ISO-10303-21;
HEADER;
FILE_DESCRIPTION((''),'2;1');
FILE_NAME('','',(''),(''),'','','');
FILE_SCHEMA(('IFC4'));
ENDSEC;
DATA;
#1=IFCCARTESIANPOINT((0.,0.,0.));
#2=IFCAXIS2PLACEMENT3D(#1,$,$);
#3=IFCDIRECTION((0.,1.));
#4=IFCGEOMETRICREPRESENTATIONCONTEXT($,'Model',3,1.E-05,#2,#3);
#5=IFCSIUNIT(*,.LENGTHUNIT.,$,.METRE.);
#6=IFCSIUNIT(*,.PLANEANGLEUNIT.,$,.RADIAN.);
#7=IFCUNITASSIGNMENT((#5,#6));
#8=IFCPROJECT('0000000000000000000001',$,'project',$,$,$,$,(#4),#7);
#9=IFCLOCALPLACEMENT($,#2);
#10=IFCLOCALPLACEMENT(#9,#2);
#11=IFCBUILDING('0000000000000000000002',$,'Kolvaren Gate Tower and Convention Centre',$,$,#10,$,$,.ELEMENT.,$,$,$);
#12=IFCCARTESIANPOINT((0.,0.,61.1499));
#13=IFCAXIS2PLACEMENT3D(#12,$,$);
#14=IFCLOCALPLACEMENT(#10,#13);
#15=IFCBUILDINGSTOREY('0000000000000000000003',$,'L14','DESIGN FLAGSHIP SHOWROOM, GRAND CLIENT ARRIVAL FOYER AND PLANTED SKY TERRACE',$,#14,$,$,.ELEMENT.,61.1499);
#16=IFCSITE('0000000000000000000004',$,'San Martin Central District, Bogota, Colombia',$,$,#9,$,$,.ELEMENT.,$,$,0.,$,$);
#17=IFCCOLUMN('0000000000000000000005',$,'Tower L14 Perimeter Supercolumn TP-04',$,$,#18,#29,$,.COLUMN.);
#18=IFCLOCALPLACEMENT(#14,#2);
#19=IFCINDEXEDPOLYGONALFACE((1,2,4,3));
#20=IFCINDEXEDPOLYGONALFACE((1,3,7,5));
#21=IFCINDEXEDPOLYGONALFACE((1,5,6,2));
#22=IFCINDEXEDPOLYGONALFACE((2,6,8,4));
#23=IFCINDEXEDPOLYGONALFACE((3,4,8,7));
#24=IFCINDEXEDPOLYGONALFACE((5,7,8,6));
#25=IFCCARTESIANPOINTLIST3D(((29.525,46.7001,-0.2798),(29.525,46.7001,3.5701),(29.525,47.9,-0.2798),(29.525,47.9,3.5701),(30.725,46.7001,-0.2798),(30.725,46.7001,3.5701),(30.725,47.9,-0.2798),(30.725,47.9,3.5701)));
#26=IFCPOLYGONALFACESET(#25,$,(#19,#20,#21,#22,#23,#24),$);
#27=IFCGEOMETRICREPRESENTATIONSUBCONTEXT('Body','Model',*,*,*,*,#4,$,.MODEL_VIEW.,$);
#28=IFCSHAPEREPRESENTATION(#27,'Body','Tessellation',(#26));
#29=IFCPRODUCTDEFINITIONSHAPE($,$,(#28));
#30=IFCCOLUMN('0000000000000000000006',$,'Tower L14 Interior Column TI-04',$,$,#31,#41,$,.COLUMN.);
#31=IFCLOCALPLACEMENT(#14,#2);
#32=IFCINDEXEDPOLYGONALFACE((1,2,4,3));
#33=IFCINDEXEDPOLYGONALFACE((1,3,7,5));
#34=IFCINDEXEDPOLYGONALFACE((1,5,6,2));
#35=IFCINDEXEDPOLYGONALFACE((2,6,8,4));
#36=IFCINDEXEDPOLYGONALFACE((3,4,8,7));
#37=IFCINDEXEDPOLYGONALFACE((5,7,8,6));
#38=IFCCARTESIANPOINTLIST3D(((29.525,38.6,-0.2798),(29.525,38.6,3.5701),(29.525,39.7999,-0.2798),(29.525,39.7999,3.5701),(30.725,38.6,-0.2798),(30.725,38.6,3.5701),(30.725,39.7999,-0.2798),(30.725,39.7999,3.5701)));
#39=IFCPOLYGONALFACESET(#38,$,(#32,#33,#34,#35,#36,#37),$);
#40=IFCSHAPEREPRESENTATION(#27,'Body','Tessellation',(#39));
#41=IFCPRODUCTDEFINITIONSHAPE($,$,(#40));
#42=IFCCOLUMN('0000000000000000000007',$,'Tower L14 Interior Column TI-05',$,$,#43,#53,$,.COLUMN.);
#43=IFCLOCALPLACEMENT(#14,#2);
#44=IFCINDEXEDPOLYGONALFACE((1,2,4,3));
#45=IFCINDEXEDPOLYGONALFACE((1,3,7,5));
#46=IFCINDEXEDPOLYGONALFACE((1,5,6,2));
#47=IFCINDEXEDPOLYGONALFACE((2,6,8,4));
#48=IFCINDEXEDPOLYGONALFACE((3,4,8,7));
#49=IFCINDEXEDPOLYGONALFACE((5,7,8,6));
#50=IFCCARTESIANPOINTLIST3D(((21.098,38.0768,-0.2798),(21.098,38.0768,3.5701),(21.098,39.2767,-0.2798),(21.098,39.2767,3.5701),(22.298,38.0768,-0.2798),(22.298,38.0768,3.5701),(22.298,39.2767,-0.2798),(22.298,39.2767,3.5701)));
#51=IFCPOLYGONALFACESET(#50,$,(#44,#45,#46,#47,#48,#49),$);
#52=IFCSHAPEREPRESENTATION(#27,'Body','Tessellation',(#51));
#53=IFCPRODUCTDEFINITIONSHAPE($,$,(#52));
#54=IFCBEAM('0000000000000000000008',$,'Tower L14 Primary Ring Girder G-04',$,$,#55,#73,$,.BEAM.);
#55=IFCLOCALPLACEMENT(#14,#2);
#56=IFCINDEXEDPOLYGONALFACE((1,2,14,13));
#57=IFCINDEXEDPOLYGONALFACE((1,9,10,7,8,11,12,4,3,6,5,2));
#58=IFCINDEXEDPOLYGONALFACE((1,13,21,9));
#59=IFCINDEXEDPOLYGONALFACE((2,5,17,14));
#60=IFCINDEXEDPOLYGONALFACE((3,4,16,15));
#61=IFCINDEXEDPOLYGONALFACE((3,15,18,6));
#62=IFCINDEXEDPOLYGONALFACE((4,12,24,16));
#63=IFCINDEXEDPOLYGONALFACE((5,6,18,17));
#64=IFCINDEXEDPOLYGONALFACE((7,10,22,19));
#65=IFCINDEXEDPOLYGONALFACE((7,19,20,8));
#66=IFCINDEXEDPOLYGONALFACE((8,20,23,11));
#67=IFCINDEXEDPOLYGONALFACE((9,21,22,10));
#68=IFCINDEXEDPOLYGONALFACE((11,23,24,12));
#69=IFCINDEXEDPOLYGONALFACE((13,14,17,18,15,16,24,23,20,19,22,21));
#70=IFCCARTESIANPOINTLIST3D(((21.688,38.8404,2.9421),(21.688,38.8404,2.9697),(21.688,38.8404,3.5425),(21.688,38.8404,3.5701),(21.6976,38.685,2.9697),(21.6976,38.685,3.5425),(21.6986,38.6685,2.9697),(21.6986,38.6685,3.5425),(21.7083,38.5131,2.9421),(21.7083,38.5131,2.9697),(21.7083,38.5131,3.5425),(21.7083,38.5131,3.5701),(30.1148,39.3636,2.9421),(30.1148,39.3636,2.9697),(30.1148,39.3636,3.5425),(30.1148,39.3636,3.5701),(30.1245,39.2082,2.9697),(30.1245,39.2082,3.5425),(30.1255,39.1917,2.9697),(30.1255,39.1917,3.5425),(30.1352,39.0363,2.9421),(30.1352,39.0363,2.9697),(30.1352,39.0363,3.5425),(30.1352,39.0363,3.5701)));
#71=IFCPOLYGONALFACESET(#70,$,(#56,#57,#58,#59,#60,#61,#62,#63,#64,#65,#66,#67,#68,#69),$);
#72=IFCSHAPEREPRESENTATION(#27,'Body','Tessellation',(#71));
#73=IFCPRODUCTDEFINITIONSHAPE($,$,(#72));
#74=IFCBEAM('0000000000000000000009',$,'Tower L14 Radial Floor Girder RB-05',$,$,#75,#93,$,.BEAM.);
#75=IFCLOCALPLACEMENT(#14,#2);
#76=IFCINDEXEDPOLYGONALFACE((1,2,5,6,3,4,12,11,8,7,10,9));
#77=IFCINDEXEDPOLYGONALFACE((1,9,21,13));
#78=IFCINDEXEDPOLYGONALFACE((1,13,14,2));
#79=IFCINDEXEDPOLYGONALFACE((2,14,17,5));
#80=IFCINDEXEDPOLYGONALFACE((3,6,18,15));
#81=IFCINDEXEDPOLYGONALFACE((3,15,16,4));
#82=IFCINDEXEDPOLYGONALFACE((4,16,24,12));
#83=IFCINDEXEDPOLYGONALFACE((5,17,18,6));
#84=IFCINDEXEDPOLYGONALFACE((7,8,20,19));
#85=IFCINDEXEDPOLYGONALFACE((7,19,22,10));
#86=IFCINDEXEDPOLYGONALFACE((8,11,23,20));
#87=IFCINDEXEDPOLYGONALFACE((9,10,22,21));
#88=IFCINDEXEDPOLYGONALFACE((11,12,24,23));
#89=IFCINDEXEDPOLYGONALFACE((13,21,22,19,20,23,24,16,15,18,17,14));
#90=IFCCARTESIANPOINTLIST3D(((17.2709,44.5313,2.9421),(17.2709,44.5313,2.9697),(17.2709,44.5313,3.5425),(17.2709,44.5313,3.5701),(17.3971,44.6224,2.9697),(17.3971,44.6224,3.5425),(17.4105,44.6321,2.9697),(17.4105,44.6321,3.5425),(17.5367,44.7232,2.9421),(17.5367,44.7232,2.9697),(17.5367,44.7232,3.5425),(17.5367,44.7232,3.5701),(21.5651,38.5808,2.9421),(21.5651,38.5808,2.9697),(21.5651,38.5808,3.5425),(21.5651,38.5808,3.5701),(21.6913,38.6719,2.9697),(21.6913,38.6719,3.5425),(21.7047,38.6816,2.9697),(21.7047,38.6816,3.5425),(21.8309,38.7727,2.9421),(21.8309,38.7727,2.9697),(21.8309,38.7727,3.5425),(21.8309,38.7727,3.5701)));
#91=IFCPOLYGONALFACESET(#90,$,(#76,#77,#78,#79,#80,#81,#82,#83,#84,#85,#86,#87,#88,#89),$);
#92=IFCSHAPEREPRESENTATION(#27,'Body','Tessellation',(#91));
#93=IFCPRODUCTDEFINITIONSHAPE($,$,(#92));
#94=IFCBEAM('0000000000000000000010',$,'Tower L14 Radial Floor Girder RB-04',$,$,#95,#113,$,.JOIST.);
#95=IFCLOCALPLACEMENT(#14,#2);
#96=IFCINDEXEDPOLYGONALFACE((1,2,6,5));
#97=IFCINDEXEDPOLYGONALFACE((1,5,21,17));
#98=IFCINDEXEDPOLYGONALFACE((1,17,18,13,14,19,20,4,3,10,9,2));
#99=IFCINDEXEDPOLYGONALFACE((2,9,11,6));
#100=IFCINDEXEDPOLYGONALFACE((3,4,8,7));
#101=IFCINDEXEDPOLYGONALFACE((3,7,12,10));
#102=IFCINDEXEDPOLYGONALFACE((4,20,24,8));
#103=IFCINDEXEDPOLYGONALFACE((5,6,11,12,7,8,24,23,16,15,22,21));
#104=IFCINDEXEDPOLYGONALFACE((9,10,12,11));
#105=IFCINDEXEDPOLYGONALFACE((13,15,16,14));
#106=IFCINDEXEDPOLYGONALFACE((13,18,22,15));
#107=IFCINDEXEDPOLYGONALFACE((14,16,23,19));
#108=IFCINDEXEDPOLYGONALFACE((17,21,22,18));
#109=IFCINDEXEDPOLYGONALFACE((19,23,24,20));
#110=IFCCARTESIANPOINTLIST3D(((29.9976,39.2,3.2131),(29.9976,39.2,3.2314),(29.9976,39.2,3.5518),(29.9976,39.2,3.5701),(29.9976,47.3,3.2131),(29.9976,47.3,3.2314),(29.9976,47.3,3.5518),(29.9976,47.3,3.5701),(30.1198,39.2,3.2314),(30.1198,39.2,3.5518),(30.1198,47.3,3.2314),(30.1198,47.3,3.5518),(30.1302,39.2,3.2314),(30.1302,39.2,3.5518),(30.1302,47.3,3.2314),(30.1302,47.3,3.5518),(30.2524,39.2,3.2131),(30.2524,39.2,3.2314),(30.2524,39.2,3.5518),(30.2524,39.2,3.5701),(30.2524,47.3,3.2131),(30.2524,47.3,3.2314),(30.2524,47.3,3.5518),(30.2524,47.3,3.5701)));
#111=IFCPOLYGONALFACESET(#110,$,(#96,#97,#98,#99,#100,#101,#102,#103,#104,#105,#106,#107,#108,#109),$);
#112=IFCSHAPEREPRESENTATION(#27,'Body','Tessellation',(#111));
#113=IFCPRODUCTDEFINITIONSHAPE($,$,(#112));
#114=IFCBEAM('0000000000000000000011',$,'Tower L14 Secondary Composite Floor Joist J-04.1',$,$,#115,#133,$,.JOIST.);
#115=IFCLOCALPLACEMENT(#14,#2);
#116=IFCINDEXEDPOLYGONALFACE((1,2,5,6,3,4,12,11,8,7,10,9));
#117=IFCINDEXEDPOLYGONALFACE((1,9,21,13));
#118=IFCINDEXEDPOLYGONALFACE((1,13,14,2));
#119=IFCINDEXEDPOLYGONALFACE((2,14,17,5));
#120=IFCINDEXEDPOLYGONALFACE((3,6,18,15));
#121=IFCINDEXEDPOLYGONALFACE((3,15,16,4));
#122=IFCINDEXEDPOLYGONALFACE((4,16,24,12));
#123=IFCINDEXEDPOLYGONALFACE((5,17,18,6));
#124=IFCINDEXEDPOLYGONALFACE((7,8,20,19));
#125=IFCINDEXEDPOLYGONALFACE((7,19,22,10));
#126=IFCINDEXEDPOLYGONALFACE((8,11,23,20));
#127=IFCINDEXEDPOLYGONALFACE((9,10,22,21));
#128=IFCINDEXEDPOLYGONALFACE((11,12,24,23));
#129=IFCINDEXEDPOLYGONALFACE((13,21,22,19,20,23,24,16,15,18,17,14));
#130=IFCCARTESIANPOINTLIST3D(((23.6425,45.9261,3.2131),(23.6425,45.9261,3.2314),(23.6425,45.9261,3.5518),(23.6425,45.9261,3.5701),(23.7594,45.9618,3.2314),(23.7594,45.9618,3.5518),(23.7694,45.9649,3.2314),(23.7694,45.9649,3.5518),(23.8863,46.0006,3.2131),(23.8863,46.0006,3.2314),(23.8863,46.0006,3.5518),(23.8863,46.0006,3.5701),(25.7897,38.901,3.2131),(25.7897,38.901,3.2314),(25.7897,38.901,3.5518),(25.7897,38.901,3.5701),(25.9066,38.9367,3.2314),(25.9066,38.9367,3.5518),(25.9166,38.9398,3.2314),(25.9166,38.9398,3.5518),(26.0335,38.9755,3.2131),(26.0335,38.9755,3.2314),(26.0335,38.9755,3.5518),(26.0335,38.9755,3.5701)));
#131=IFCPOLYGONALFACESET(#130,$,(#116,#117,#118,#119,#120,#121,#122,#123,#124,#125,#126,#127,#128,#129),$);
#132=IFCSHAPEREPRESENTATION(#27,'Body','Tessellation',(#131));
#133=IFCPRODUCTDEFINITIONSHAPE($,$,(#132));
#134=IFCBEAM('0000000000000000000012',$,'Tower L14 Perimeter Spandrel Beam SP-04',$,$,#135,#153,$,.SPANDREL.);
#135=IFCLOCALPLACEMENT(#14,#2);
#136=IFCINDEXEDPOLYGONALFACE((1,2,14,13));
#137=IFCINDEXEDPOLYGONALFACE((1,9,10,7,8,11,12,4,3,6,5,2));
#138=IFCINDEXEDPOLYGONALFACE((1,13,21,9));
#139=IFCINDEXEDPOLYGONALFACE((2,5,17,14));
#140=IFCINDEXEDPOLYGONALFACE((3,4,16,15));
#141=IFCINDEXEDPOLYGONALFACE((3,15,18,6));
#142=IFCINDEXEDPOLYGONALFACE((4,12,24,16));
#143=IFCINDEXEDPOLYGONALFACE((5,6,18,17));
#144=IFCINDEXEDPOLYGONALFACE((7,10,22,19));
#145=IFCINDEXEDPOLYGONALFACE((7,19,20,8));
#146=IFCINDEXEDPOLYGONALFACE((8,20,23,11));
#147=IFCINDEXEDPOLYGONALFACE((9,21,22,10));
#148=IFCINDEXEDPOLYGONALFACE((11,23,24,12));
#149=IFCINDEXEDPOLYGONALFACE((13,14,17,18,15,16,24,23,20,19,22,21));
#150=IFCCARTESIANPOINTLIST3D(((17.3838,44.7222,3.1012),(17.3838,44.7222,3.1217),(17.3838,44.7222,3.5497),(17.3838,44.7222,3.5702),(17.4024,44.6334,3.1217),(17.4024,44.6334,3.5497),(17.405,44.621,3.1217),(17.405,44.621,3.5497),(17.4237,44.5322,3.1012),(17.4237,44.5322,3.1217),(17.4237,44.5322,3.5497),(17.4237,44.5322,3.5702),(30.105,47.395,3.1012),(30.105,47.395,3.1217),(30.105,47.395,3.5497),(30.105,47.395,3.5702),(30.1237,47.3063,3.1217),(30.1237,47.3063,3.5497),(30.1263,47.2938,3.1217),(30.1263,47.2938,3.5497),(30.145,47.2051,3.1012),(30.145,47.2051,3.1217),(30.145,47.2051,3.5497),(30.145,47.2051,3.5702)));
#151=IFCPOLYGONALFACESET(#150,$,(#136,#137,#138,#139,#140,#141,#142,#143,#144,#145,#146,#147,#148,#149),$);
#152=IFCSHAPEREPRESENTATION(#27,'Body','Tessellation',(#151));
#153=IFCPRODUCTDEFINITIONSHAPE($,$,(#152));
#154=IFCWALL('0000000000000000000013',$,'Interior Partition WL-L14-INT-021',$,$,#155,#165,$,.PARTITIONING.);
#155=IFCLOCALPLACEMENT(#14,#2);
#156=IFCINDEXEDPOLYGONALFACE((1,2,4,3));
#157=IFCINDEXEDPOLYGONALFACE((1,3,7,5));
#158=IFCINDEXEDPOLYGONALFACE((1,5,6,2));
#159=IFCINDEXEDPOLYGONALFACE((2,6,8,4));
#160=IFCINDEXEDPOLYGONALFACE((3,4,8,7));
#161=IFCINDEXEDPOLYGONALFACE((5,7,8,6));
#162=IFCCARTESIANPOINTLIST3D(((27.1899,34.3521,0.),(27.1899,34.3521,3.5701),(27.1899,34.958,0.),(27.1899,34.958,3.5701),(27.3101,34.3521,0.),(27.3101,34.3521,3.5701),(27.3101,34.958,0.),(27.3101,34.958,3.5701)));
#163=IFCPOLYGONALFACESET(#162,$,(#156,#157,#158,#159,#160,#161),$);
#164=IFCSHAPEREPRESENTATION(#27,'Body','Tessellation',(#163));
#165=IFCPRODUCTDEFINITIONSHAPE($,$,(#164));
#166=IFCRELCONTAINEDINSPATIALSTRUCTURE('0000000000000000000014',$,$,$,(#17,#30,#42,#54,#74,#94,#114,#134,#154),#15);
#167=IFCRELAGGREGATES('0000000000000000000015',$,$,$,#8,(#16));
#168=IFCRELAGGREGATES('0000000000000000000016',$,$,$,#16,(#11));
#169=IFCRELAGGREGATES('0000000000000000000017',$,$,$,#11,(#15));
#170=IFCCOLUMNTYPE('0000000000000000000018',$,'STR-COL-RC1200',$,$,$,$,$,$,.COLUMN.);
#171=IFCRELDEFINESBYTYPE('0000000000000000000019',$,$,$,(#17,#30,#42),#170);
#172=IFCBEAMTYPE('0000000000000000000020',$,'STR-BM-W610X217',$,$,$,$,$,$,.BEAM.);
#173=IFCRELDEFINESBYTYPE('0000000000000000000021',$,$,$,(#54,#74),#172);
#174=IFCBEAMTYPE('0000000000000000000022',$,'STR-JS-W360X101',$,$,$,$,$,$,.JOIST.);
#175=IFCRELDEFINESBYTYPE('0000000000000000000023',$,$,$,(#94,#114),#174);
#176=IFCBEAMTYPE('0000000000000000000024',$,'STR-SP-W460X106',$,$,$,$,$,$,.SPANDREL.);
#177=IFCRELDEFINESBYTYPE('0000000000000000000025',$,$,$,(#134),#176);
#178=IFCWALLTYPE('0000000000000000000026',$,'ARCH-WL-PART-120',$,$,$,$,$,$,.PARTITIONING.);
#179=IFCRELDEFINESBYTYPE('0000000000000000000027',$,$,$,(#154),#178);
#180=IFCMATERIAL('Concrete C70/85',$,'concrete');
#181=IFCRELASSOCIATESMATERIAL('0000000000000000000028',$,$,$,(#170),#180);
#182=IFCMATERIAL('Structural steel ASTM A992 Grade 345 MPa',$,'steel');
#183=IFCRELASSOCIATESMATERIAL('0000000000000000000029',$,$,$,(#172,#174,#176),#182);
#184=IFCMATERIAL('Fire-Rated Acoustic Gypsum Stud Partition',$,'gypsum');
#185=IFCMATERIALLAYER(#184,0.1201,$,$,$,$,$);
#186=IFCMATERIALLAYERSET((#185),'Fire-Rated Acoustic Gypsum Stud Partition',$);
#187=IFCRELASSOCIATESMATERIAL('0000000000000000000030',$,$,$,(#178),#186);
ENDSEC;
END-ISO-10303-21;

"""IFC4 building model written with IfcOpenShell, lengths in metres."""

from ifc_helpers import new_model, si_unit, direction, frame, frame_2d, origin, origin_2d, place, context, subcontext, project, spatial, rectangle, i_section, extrude, material, layer, layer_set, material_profile, profile_set, type_object, element, save


model = new_model("IFC4")

# Units and contexts
model_context = context("Model", 3, precision=1e-05, world=origin(), true_north=direction((0.0, 1.0)))
body_context = subcontext(model_context, "Body", "Model", "MODEL_VIEW")
ifc_project = project(units=[si_unit("LENGTHUNIT", "METRE"), si_unit("PLANEANGLEUNIT", "RADIAN")], contexts=[model_context])

# Site, building, storey
site_placement = place(None, origin())
site = spatial("IfcSite", under=ifc_project, at=site_placement, Name="San Martin Central District, Bogota, Colombia", CompositionType="ELEMENT", RefElevation=0.0)
building_placement = place(site_placement, origin())
building = spatial("IfcBuilding", under=site, at=building_placement, Name="Kolvaren Gate Tower and Convention Centre", CompositionType="ELEMENT")
storey_placement = place(building_placement, frame((0.0, 0.0, 61.1499)))
storey = spatial("IfcBuildingStorey", under=building, at=storey_placement, Name="L14", Description="DESIGN FLAGSHIP SHOWROOM, GRAND CLIENT ARRIVAL FOYER AND PLANTED SKY TERRACE", CompositionType="ELEMENT", Elevation=61.1499)

# Columns
ifc_material_1 = material(Name="Concrete C70/85", Category="concrete")
ifc_material_profile_1 = material_profile(ifc_material_1, rectangle(XDim=1.2, YDim=1.2, at=origin_2d()), Name="RC-COL-1200X1200")
ifc_profile_set_1 = profile_set([ifc_material_profile_1], Name="Concrete C70/85")
column_type = type_object("IfcColumnType", Name="STR-COL-RC1200", PredefinedType="COLUMN", material=ifc_profile_set_1)
for number, where, z_axis, x_axis, name in (
    (1, (30.125, 47.3, -0.2798), (0.0, 0.0, 1.0), (1.0, 0.0, 0.0), "Tower L14 Perimeter Supercolumn TP-04"),
    (2, (30.125, 39.2, -0.2798), (0.0, 0.0, 1.0), (1.0, 0.0, 0.0), "Tower L14 Interior Column TI-04"),
    (3, (21.698, 38.6768, -0.2798), (0.0, 0.0, 1.0), (1.0, 0.0, 0.0), "Tower L14 Interior Column TI-05"),
):
    element("IfcColumn", number, at=place(storey_placement, frame(where, z_axis=z_axis, x_axis=x_axis)), inside=storey, type_object=column_type, Name=name, PredefinedType="COLUMN", context=body_context, shape_type="SweptSolid", body=[
        extrude(rectangle(XDim=1.2, YDim=1.2, at=origin_2d()), origin(), (0.0, 0.0, 1.0), 3.8499),
    ])

# Beams
ifc_material_2 = material(Name="Structural steel ASTM A992 Grade 345 MPa", Category="steel")
ifc_material_profile_2 = material_profile(ifc_material_2, i_section(OverallWidth=0.3279, OverallDepth=0.6279, WebThickness=0.0166, FlangeThickness=0.0276, at=origin_2d()), Name="W610X217")
ifc_profile_set_2 = profile_set([ifc_material_profile_2], Name="Structural steel ASTM A992 Grade 345 MPa")
beam_type_1 = type_object("IfcBeamType", Name="STR-BM-W610X217", PredefinedType="BEAM", material=ifc_profile_set_2)
beam_1_placement = place(storey_placement, frame((30.125, 39.2, 3.2561), z_axis=(-0.998078, -0.061966, 0.0), x_axis=(0.061966, -0.998078, 0.0)))
element("IfcBeam", 4, at=beam_1_placement, inside=storey, type_object=beam_type_1, Name="Tower L14 Primary Ring Girder G-04", PredefinedType="BEAM", context=body_context, shape_type="SweptSolid", body=[
    extrude(i_section(OverallWidth=0.3279, OverallDepth=0.6279, WebThickness=0.0166, FlangeThickness=0.0276, at=origin_2d()), origin(), (0.0, 0.0, 1.0), 8.4431),
])
beam_2_placement = place(storey_placement, frame((21.698, 38.6768, 3.2561), z_axis=(-0.58519, 0.810896, 0.0), x_axis=(-0.810896, -0.58519, 0.0)))
element("IfcBeam", 5, at=beam_2_placement, inside=storey, type_object=beam_type_1, Name="Tower L14 Radial Floor Girder RB-05", PredefinedType="BEAM", context=body_context, shape_type="SweptSolid", body=[
    extrude(i_section(OverallWidth=0.3279, OverallDepth=0.6279, WebThickness=0.0166, FlangeThickness=0.0276, at=origin_2d()), origin(), (0.0, 0.0, 1.0), 7.3381),
])
ifc_material_profile_3 = material_profile(ifc_material_2, i_section(OverallWidth=0.2549, OverallDepth=0.3569, WebThickness=0.0105, FlangeThickness=0.0183, at=origin_2d()), Name="W360X101")
ifc_profile_set_3 = profile_set([ifc_material_profile_3], Name="Structural steel ASTM A992 Grade 345 MPa")
beam_type_2 = type_object("IfcBeamType", Name="STR-JS-W360X101", PredefinedType="JOIST", material=ifc_profile_set_3)
beam_3_placement = place(storey_placement, frame((30.125, 39.2, 3.3916), z_axis=(0.0, 1.0, 0.0), x_axis=(-1.0, 0.0, 0.0)))
element("IfcBeam", 6, at=beam_3_placement, inside=storey, type_object=beam_type_2, Name="Tower L14 Radial Floor Girder RB-04", PredefinedType="JOIST", context=body_context, shape_type="SweptSolid", body=[
    extrude(i_section(OverallWidth=0.2549, OverallDepth=0.3569, WebThickness=0.0105, FlangeThickness=0.0183, at=origin_2d()), origin(), (0.0, 0.0, 1.0), 8.1001),
])
beam_4_placement = place(storey_placement, frame((25.9116, 38.9382, 3.3916), z_axis=(-0.292299, 0.956327, 0.0), x_axis=(-0.956327, -0.292299, 0.0)))
element("IfcBeam", 7, at=beam_4_placement, inside=storey, type_object=beam_type_2, Name="Tower L14 Secondary Composite Floor Joist J-04.1", PredefinedType="JOIST", context=body_context, shape_type="SweptSolid", body=[
    extrude(i_section(OverallWidth=0.2549, OverallDepth=0.3569, WebThickness=0.0105, FlangeThickness=0.0183, at=origin_2d()), origin(), (0.0, 0.0, 1.0), 7.3459),
])
ifc_material_profile_4 = material_profile(ifc_material_2, i_section(OverallWidth=0.1941, OverallDepth=0.469, WebThickness=0.0127, FlangeThickness=0.0205, at=origin_2d()), Name="W460X106")
ifc_profile_set_4 = profile_set([ifc_material_profile_4], Name="Structural steel ASTM A992 Grade 345 MPa")
beam_type_3 = type_object("IfcBeamType", Name="STR-SP-W460X106", PredefinedType="SPANDREL", material=ifc_profile_set_4)
beam_5_placement = place(storey_placement, frame((30.125, 47.3, 3.3357), z_axis=(-0.978632, -0.20562, 0.0), x_axis=(0.20562, -0.978632, 0.0)))
element("IfcBeam", 8, at=beam_5_placement, inside=storey, type_object=beam_type_3, Name="Tower L14 Perimeter Spandrel Beam SP-04", PredefinedType="SPANDREL", context=body_context, shape_type="SweptSolid", body=[
    extrude(i_section(OverallWidth=0.1941, OverallDepth=0.469, WebThickness=0.0127, FlangeThickness=0.0205, at=origin_2d()), origin(), (0.0, 0.0, 1.0), 12.999),
])

# Wall
ifc_material_3 = material(Name="Fire-Rated Acoustic Gypsum Stud Partition", Category="gypsum")
ifc_layer_1 = layer(ifc_material_3, 0.1201)
ifc_layer_set_1 = layer_set([ifc_layer_1], Name="Fire-Rated Acoustic Gypsum Stud Partition")
wall_type_1 = type_object("IfcWallType", Name="ARCH-WL-PART-120", PredefinedType="PARTITIONING", material=ifc_layer_set_1)
wall_1_placement = place(storey_placement, frame((27.25, 34.3521, 0.0), z_axis=(0.0, 0.0, 1.0), x_axis=(0.0, 1.0, 0.0)))
element("IfcWall", 9, at=wall_1_placement, inside=storey, type_object=wall_type_1, Name="Interior Partition WL-L14-INT-021", PredefinedType="PARTITIONING", context=body_context, shape_type="SweptSolid", body=[
    extrude(rectangle(XDim=0.606, YDim=0.1201, at=frame_2d((0.303, 0.0))), origin(), (0.0, 0.0, 1.0), 3.5701),
])

save(model, "model.ifc")
